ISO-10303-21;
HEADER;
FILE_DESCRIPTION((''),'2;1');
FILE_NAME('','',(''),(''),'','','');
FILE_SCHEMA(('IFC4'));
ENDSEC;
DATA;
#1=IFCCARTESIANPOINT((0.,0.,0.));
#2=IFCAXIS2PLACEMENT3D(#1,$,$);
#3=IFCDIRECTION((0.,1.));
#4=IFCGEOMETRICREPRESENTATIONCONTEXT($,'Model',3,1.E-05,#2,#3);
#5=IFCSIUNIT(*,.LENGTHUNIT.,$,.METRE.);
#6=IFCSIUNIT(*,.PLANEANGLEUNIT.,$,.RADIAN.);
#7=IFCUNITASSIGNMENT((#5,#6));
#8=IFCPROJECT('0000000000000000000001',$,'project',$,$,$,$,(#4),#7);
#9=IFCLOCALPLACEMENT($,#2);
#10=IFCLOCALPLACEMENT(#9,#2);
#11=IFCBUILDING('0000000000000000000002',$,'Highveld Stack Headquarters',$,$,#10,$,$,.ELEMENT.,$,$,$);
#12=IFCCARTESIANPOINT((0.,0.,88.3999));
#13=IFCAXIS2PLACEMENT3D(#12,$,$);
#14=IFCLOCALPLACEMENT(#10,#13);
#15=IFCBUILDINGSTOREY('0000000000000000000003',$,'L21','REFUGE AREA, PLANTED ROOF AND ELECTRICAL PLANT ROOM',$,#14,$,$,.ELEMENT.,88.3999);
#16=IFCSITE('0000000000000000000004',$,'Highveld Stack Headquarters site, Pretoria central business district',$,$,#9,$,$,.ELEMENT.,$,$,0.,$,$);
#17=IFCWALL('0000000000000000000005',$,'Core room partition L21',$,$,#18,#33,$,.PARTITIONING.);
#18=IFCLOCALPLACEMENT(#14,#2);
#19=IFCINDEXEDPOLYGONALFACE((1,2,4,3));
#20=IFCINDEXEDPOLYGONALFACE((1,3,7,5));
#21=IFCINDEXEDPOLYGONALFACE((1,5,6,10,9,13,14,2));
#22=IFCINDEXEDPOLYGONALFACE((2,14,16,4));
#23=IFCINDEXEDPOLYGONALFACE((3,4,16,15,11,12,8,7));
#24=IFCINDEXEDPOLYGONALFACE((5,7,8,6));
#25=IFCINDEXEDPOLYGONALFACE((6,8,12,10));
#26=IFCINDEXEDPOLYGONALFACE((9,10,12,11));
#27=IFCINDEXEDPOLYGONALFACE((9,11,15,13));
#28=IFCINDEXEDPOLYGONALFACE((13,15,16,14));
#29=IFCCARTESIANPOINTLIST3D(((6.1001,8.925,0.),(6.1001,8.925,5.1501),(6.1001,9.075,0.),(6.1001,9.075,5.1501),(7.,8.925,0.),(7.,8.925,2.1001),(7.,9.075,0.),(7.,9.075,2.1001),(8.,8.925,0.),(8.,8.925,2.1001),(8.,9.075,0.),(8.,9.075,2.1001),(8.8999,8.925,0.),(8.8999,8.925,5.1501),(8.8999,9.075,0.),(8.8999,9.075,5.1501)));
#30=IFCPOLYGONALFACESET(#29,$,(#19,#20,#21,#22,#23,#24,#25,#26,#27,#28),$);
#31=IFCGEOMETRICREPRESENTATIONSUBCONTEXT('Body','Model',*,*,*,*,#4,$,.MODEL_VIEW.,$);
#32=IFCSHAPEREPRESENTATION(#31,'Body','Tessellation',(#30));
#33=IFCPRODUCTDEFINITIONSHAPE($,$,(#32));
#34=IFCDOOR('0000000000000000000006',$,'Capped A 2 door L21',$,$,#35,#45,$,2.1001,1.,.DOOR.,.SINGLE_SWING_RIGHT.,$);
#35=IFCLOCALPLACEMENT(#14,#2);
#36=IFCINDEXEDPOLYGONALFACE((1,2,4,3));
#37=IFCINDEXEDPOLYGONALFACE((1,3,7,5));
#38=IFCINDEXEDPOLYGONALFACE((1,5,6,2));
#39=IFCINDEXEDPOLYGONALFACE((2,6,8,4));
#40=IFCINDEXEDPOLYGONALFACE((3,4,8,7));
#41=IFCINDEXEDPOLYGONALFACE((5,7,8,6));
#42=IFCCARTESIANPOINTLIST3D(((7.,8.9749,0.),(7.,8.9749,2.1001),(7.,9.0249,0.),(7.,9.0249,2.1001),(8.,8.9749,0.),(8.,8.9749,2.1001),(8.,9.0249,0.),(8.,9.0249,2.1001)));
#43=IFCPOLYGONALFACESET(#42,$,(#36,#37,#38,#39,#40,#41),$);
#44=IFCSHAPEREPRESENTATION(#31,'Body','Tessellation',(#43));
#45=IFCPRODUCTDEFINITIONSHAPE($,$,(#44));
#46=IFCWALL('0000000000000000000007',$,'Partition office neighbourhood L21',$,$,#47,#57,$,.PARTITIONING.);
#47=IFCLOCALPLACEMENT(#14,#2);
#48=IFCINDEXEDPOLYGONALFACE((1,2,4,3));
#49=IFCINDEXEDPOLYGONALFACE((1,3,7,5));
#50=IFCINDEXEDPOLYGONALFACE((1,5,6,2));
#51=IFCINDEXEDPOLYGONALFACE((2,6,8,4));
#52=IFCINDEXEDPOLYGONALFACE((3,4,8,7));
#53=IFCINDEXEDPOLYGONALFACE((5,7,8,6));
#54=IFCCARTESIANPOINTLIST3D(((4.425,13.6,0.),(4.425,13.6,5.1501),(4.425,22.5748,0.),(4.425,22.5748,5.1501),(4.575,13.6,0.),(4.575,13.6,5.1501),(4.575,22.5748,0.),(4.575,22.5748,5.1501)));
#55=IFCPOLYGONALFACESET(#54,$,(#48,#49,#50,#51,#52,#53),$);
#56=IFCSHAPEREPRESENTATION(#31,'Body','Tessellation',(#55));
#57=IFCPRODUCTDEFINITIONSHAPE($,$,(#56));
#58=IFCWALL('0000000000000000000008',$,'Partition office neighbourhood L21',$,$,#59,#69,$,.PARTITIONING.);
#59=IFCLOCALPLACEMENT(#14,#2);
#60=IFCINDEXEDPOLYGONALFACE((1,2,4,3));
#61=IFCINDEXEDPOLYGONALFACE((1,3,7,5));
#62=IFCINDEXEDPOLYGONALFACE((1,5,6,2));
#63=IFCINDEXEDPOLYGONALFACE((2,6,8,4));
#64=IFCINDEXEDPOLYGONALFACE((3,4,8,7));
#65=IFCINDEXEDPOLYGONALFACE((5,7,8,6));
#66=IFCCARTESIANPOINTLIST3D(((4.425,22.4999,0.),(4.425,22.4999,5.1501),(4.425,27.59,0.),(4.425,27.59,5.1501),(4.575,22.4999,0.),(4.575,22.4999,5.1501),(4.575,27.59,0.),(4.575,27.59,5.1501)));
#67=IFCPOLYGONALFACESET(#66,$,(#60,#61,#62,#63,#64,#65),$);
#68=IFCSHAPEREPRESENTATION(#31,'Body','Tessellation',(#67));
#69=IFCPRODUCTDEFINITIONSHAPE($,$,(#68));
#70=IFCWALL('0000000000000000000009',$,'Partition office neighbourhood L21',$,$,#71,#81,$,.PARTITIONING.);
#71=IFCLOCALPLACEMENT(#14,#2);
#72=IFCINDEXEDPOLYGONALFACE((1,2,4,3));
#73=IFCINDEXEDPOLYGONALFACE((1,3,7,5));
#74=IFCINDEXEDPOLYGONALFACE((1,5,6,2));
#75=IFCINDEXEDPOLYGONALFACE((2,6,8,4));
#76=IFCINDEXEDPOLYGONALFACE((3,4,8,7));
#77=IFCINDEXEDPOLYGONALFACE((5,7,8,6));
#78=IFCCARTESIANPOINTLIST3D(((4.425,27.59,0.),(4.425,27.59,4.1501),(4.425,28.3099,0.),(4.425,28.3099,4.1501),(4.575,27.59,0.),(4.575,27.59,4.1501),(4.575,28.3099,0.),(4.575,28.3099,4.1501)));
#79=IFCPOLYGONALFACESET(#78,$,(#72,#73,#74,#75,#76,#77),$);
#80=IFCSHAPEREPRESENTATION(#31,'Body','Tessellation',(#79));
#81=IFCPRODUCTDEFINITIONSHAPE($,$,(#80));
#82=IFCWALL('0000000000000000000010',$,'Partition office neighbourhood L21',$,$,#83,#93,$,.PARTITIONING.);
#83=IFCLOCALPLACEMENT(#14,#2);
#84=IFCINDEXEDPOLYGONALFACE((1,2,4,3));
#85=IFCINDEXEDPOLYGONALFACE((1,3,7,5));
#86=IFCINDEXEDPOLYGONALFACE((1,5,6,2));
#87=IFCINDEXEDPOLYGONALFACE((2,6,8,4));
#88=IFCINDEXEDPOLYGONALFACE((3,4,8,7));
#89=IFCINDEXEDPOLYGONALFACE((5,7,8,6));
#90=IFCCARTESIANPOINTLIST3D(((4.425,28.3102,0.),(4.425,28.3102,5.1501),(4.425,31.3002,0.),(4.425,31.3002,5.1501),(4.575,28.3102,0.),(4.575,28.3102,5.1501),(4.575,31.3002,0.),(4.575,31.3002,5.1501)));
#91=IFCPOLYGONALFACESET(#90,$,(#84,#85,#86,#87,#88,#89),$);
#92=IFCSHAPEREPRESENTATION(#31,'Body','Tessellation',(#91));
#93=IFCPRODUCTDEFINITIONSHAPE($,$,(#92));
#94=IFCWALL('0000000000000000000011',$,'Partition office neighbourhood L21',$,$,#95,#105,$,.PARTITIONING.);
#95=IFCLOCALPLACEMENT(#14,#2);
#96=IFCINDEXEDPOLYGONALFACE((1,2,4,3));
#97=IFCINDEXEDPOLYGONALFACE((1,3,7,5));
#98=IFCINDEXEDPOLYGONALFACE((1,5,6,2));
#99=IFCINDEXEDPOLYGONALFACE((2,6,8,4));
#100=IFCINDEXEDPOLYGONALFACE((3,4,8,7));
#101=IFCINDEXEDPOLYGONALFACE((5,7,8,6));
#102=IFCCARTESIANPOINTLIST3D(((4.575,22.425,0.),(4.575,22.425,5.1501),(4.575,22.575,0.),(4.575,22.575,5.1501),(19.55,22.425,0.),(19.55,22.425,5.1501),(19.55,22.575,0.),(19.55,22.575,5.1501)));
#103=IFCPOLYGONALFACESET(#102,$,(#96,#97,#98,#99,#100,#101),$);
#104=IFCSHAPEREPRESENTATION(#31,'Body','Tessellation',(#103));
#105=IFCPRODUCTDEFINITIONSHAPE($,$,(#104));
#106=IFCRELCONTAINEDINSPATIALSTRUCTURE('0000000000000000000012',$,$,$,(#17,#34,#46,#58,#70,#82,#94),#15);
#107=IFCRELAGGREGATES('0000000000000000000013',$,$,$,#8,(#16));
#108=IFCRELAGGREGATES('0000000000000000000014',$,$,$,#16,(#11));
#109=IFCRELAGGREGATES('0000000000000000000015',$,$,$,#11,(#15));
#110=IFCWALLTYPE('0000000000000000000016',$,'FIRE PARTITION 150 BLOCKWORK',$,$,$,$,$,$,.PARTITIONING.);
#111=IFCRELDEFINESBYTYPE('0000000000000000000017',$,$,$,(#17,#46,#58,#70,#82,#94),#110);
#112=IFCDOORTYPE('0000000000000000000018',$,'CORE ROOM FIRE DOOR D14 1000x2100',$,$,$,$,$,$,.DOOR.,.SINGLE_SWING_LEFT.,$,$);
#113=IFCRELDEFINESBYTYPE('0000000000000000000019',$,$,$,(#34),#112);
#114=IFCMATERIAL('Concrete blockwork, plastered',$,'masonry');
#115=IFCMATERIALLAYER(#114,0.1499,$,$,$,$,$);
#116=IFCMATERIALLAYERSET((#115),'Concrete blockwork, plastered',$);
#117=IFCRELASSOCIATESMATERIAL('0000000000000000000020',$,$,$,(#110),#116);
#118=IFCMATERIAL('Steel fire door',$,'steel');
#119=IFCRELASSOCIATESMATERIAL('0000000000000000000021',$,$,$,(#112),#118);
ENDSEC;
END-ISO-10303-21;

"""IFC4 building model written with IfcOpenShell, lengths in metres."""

from ifc_helpers import new_model, si_unit, direction, frame, frame_2d, origin, place, context, subcontext, project, spatial, rectangle, extrude, material, layer, layer_set, type_object, element, fill, save


model = new_model("IFC4")

# Units and contexts
model_context = context("Model", 3, precision=1e-05, world=origin(), true_north=direction((0.0, 1.0)))
body_context = subcontext(model_context, "Body", "Model", "MODEL_VIEW")
ifc_project = project(units=[si_unit("LENGTHUNIT", "METRE"), si_unit("PLANEANGLEUNIT", "RADIAN")], contexts=[model_context])

# Site, building, storey
site_placement = place(None, origin())
site = spatial("IfcSite", under=ifc_project, at=site_placement, Name="Highveld Stack Headquarters site, Pretoria central business district", CompositionType="ELEMENT", RefElevation=0.0)
building_placement = place(site_placement, origin())
building = spatial("IfcBuilding", under=site, at=building_placement, Name="Highveld Stack Headquarters", CompositionType="ELEMENT")
storey_placement = place(building_placement, frame((0.0, 0.0, 88.3999)))
storey = spatial("IfcBuildingStorey", under=building, at=storey_placement, Name="L21", Description="REFUGE AREA, PLANTED ROOF AND ELECTRICAL PLANT ROOM", CompositionType="ELEMENT", Elevation=88.3999)

# Wall, opening, door
ifc_material_1 = material(Name="Concrete blockwork, plastered", Category="masonry")
ifc_layer = layer(ifc_material_1, 0.1499)
ifc_layer_set = layer_set([ifc_layer], Name="Concrete blockwork, plastered")
wall_type = type_object("IfcWallType", Name="FIRE PARTITION 150 BLOCKWORK", PredefinedType="PARTITIONING", material=ifc_layer_set)
wall_1_placement = place(storey_placement, frame((6.1001, 9.0, 0.0), z_axis=(0.0, 0.0, 1.0), x_axis=(1.0, 0.0, 0.0)))
wall_1 = element("IfcWall", 1, at=wall_1_placement, inside=storey, type_object=wall_type, Name="Core room partition L21", PredefinedType="PARTITIONING", context=body_context, shape_type="SweptSolid", body=[
    extrude(rectangle(XDim=2.7998, YDim=0.1499, at=frame_2d((1.3999, 0.0))), origin(), (0.0, 0.0, 1.0), 5.1501),
])
opening_placement = place(wall_1_placement, frame((0.8999, 0.0, 0.0)))
opening = element("IfcOpeningElement", 2, at=opening_placement, cuts=wall_1, PredefinedType="OPENING", context=body_context, shape_type="SweptSolid", body=[
    extrude(rectangle(XDim=1.0, YDim=2.1001, at=frame_2d((0.5, 1.05))), frame((0.0, 0.085, 0.0), z_axis=(0.0, -1.0, 0.0), x_axis=(1.0, 0.0, 0.0)), (0.0, 0.0, 1.0), 0.1699),
])
ifc_material_2 = material(Name="Steel fire door", Category="steel")
door_type = type_object("IfcDoorType", Name="CORE ROOM FIRE DOOR D14 1000x2100", OperationType="SINGLE_SWING_LEFT", PredefinedType="DOOR", material=ifc_material_2)
door_placement = place(opening_placement, origin())
door = element("IfcDoor", 3, at=door_placement, inside=storey, type_object=door_type, Name="Capped A 2 door L21", OperationType="SINGLE_SWING_RIGHT", OverallHeight=2.1001, OverallWidth=1.0, PredefinedType="DOOR", context=body_context, shape_type="SweptSolid", body=[
    extrude(rectangle(XDim=1.0, YDim=2.1001, at=frame_2d((0.5, 1.05))), frame((0.0, 0.0249, 0.0), z_axis=(0.0, -1.0, 0.0), x_axis=(1.0, 0.0, 0.0)), (0.0, 0.0, 1.0), 0.05),
])
fill(opening, door)

# Walls
wall_2_placement = place(storey_placement, frame((4.5, 13.6001, 0.0), z_axis=(0.0, 0.0, 1.0), x_axis=(0.0, 1.0, 0.0)))
element("IfcWall", 4, at=wall_2_placement, inside=storey, type_object=wall_type, Name="Partition office neighbourhood L21", PredefinedType="PARTITIONING", context=body_context, shape_type="SweptSolid", body=[
    extrude(rectangle(XDim=8.9749, YDim=0.1499, at=frame_2d((4.4873, 0.0))), origin(), (0.0, 0.0, 1.0), 5.1501),
])
wall_3_placement = place(storey_placement, frame((4.5, 22.5, 0.0), z_axis=(0.0, 0.0, 1.0), x_axis=(0.0, 1.0, 0.0)))
element("IfcWall", 5, at=wall_3_placement, inside=storey, type_object=wall_type, Name="Partition office neighbourhood L21", PredefinedType="PARTITIONING", context=body_context, shape_type="SweptSolid", body=[
    extrude(rectangle(XDim=5.0901, YDim=0.1499, at=frame_2d((2.5449, 0.0))), origin(), (0.0, 0.0, 1.0), 5.1501),
])
wall_4_placement = place(storey_placement, frame((4.5, 27.5901, 0.0), z_axis=(0.0, 0.0, 1.0), x_axis=(0.0, 1.0, 0.0)))
element("IfcWall", 6, at=wall_4_placement, inside=storey, type_object=wall_type, Name="Partition office neighbourhood L21", PredefinedType="PARTITIONING", context=body_context, shape_type="SweptSolid", body=[
    extrude(rectangle(XDim=0.72, YDim=0.1499, at=frame_2d((0.3599, 0.0))), origin(), (0.0, 0.0, 1.0), 4.1501),
])
wall_5_placement = place(storey_placement, frame((4.5, 28.3101, 0.0), z_axis=(0.0, 0.0, 1.0), x_axis=(0.0, 1.0, 0.0)))
element("IfcWall", 7, at=wall_5_placement, inside=storey, type_object=wall_type, Name="Partition office neighbourhood L21", PredefinedType="PARTITIONING", context=body_context, shape_type="SweptSolid", body=[
    extrude(rectangle(XDim=2.99, YDim=0.1499, at=frame_2d((1.4951, 0.0))), origin(), (0.0, 0.0, 1.0), 5.1501),
])
wall_6_placement = place(storey_placement, frame((4.575, 22.5, 0.0), z_axis=(0.0, 0.0, 1.0), x_axis=(1.0, 0.0, 0.0)))
element("IfcWall", 8, at=wall_6_placement, inside=storey, type_object=wall_type, Name="Partition office neighbourhood L21", PredefinedType="PARTITIONING", context=body_context, shape_type="SweptSolid", body=[
    extrude(rectangle(XDim=14.9751, YDim=0.1499, at=frame_2d((7.4875, 0.0))), origin(), (0.0, 0.0, 1.0), 5.1501),
])

save(model, "model.ifc")
